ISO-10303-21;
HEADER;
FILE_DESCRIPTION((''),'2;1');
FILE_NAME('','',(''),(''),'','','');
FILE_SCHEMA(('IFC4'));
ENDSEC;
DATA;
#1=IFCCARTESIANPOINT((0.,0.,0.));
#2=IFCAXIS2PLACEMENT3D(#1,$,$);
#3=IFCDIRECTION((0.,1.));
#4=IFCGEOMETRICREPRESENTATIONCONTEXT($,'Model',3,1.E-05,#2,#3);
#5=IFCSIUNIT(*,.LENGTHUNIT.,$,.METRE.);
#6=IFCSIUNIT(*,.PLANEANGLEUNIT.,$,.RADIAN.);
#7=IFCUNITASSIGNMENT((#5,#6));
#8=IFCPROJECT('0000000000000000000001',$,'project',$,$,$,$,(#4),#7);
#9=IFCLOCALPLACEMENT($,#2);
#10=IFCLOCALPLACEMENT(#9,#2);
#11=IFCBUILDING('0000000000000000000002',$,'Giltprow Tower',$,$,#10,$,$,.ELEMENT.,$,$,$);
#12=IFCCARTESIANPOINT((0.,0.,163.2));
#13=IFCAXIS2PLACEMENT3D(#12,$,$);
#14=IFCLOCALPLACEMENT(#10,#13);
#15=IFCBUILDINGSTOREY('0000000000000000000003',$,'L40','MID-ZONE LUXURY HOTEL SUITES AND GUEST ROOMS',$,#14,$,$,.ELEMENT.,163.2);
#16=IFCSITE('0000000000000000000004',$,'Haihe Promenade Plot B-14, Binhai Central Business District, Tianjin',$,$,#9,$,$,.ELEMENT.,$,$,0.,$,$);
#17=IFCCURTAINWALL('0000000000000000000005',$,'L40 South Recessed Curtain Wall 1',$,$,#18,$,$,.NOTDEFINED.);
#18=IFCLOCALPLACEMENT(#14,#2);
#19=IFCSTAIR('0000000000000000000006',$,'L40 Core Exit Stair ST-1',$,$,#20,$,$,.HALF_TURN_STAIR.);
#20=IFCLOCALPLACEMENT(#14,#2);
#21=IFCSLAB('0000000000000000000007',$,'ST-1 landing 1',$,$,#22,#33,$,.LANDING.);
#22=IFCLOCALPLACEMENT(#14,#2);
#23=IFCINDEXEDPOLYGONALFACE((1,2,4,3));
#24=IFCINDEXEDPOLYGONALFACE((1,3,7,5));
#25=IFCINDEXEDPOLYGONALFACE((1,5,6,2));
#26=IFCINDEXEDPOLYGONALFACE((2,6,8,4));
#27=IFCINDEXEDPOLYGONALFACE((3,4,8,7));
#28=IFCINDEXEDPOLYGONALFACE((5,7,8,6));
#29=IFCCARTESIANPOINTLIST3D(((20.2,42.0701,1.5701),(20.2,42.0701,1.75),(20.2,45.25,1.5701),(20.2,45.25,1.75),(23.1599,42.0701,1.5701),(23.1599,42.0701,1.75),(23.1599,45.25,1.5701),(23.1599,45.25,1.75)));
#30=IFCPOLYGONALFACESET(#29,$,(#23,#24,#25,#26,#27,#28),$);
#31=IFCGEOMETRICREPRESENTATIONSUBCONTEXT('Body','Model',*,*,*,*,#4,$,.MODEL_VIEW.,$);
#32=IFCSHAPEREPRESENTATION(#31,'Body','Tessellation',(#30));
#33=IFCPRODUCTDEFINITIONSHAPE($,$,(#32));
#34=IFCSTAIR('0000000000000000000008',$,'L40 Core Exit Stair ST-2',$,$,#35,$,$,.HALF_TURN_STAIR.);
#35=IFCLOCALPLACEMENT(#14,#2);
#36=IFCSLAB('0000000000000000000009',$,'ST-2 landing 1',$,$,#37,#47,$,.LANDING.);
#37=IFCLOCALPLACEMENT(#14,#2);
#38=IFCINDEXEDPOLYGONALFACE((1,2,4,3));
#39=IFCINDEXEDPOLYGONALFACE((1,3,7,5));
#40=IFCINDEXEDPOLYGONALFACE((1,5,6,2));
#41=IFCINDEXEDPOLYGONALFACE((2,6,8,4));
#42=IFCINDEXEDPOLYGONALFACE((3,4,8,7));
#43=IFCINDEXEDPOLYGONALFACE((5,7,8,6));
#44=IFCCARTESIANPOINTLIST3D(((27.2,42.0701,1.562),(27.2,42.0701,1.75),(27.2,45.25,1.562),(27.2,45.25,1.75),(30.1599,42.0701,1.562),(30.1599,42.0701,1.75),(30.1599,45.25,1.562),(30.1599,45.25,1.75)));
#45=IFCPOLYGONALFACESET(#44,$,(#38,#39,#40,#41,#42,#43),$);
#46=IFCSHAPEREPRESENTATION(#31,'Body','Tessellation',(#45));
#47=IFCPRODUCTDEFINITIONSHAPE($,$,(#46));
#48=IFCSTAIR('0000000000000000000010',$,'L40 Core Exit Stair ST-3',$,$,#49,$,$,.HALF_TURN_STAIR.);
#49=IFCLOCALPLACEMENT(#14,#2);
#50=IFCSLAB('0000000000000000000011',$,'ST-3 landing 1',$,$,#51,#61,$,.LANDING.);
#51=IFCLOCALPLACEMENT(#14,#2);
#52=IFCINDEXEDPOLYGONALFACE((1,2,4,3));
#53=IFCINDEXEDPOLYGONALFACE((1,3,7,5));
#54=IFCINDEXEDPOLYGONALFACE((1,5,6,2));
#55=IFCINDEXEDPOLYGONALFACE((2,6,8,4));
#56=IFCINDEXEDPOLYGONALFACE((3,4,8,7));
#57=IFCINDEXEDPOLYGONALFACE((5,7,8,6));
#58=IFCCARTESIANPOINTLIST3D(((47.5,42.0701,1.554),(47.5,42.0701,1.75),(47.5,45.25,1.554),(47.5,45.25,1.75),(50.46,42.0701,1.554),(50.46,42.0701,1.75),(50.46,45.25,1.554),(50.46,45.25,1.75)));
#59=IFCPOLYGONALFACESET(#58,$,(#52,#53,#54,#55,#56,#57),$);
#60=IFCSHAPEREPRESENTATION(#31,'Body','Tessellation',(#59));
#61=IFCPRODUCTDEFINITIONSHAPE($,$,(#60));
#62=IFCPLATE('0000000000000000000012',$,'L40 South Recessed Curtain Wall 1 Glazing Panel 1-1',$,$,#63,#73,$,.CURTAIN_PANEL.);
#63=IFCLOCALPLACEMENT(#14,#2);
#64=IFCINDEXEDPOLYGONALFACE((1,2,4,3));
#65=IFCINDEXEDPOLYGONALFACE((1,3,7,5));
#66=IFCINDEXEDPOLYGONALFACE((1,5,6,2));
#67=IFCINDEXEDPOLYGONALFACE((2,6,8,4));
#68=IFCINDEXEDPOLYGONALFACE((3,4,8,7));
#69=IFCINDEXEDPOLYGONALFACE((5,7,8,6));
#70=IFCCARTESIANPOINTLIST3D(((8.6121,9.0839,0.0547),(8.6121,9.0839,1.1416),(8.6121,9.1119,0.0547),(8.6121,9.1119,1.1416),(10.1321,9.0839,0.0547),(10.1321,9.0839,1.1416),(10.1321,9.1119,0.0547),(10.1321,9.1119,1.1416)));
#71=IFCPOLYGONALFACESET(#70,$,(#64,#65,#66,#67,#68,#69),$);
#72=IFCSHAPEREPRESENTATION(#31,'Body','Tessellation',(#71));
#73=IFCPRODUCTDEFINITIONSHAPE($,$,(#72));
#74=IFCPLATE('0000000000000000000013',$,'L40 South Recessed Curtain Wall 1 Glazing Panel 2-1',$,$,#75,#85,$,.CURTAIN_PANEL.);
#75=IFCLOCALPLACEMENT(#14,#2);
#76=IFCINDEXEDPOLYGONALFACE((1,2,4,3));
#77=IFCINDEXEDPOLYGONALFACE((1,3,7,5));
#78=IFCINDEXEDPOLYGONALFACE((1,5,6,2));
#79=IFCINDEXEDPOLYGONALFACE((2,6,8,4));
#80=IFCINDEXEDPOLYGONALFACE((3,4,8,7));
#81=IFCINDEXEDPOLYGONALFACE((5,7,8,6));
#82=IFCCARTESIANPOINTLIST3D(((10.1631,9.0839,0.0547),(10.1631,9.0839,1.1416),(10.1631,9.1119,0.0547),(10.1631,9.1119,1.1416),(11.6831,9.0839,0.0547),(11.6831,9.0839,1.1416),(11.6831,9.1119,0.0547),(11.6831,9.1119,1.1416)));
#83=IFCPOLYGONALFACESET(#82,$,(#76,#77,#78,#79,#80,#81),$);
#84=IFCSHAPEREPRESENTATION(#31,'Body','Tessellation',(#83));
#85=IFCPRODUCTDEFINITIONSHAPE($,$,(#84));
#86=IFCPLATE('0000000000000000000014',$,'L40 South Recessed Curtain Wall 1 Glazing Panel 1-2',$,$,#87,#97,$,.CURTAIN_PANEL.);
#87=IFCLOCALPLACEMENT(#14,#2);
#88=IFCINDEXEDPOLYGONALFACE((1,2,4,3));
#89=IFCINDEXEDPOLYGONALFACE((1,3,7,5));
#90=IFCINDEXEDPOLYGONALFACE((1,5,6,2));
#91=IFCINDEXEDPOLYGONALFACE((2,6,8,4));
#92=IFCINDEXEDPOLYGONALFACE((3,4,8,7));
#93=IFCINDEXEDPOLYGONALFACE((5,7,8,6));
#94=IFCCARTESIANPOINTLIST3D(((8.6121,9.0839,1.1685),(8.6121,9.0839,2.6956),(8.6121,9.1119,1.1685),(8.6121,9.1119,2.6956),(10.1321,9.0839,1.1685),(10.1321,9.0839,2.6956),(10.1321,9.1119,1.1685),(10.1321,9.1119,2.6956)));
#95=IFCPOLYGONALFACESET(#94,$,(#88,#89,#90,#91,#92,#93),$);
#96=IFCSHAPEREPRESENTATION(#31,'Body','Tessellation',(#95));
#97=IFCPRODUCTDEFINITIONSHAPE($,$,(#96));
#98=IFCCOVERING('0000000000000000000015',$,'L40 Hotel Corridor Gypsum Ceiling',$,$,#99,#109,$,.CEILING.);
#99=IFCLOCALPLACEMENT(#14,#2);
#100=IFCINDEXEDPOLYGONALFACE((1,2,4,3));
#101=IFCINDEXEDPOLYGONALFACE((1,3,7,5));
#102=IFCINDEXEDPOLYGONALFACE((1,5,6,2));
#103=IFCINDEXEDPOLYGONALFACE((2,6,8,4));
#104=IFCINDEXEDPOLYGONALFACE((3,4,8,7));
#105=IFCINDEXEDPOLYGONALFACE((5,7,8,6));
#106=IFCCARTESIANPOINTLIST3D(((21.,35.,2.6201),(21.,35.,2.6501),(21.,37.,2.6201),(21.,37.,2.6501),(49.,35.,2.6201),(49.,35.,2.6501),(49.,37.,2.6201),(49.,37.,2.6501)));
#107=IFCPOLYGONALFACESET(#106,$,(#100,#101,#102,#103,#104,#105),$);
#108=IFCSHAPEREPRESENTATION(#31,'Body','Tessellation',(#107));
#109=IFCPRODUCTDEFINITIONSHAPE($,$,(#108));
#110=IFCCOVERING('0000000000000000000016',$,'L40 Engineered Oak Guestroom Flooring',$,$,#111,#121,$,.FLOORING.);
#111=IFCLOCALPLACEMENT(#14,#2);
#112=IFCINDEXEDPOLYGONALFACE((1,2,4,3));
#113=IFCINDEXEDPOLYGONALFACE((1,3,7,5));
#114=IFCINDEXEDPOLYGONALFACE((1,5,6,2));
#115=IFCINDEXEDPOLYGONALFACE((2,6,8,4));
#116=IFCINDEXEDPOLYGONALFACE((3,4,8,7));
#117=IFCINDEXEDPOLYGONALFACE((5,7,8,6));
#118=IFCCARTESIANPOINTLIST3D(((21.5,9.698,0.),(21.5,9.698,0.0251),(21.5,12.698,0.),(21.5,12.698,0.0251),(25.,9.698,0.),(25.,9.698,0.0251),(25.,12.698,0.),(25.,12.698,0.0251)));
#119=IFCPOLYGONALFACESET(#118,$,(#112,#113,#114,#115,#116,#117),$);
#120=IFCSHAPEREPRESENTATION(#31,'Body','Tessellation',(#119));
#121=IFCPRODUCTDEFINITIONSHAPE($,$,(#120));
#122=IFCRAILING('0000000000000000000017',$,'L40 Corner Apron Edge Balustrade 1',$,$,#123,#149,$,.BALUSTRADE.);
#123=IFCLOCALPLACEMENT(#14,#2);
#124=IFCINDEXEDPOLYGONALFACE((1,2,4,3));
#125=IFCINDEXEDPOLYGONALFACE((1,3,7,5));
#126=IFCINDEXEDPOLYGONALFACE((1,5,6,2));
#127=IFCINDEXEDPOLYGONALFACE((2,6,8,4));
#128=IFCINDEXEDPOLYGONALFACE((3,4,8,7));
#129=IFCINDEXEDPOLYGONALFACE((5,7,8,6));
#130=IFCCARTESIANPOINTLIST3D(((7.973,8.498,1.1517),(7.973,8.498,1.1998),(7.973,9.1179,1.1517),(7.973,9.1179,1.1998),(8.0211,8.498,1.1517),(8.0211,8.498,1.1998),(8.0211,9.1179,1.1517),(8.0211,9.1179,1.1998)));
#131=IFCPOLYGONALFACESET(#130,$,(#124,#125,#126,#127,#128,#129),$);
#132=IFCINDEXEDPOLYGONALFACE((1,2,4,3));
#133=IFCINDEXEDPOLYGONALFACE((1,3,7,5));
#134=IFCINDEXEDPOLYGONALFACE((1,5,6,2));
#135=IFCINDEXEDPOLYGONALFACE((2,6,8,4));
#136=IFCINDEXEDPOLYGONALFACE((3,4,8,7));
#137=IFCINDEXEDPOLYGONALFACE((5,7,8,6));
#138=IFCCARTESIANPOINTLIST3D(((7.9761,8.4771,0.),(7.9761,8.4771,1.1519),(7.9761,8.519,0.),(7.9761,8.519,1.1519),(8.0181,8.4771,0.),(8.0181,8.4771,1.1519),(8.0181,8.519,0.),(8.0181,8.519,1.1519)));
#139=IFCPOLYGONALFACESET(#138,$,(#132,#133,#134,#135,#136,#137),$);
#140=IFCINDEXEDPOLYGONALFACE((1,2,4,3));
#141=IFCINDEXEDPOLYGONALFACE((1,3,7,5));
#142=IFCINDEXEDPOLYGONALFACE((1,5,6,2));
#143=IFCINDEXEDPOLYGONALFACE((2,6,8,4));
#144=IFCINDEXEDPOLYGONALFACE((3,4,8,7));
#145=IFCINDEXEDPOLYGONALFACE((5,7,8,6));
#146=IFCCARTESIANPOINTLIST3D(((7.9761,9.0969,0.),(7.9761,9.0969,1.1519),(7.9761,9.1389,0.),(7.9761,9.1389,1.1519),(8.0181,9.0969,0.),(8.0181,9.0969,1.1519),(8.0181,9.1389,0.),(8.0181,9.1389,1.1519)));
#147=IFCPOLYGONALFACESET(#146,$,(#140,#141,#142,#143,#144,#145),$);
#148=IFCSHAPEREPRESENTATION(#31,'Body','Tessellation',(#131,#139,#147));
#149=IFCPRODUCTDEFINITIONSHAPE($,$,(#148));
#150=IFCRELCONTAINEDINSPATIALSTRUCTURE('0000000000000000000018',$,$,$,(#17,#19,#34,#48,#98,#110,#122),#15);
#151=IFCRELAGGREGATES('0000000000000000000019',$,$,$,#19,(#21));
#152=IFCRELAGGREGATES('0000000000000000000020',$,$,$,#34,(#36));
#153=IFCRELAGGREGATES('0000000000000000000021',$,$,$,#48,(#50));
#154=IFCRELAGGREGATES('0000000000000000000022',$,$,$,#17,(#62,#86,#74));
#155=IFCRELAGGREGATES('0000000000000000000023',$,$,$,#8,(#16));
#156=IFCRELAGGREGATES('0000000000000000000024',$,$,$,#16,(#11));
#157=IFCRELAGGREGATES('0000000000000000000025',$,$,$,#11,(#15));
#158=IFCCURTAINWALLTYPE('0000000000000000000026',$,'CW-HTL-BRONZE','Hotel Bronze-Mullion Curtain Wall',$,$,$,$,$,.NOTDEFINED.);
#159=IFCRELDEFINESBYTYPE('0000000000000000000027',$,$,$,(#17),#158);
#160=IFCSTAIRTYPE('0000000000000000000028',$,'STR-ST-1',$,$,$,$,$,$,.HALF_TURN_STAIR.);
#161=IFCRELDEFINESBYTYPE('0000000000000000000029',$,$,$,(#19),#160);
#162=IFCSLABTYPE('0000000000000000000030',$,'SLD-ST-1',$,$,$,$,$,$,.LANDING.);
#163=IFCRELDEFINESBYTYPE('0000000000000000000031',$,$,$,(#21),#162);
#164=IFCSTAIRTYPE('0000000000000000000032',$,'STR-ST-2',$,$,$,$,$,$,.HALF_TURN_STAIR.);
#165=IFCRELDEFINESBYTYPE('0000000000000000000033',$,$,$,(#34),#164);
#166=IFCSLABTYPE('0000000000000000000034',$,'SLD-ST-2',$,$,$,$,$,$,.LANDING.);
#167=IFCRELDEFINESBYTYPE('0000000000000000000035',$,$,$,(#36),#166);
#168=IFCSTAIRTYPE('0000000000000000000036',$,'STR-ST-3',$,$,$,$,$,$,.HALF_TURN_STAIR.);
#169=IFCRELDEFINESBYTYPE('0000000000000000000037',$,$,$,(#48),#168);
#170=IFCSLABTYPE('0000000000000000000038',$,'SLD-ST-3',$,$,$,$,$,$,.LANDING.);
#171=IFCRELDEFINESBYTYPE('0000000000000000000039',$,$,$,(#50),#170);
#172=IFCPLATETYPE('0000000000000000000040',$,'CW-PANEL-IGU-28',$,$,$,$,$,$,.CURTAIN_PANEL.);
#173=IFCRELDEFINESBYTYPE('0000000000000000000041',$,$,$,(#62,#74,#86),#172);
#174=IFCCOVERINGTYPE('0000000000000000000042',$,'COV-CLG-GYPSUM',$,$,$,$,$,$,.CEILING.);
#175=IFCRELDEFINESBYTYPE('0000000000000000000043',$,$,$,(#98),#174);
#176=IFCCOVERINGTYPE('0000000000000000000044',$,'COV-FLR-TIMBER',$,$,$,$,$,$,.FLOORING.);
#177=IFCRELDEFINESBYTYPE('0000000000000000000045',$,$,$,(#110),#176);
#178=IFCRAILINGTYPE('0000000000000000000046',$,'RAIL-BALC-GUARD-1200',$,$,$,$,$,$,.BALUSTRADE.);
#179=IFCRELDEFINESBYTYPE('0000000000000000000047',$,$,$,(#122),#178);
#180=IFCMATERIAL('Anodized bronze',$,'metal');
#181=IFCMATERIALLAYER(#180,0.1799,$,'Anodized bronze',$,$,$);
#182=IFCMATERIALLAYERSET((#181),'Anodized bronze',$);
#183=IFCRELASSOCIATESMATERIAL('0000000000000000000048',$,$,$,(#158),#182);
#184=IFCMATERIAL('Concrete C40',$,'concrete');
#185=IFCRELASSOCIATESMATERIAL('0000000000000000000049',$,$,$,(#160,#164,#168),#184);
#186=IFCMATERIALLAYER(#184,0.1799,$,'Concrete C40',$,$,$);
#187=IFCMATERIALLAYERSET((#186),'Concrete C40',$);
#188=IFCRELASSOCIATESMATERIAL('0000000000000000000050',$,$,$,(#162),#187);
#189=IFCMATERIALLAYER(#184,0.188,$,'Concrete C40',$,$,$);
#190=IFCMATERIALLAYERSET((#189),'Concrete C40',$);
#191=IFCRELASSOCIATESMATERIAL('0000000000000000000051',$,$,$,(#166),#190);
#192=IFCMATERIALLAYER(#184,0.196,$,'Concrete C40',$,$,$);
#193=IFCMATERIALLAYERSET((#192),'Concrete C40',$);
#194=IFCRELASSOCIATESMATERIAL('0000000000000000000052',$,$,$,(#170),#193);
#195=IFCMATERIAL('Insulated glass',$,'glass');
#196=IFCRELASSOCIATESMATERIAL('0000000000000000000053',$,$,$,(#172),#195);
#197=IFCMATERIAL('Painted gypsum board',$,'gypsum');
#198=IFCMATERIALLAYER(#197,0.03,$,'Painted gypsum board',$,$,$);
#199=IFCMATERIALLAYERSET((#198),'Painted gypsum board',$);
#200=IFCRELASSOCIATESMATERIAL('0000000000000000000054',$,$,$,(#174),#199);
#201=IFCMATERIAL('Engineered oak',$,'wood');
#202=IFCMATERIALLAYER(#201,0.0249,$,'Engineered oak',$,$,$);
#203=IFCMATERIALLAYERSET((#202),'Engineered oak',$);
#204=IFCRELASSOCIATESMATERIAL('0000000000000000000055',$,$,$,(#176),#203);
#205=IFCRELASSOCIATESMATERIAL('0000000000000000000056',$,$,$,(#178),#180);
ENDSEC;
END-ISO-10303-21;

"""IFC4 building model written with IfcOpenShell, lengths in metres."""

from ifc_helpers import new_model, si_unit, direction, frame, origin, origin_2d, place, context, subcontext, project, spatial, polyline, rectangle, outline, extrude, source, transform, mapped, material, layer, layer_set, type_object, element, aggregate, save


model = new_model("IFC4")

# Units and contexts
model_context = context("Model", 3, precision=1e-05, world=origin(), true_north=direction((0.0, 1.0)))
body_context = subcontext(model_context, "Body", "Model", "MODEL_VIEW")
ifc_project = project(units=[si_unit("LENGTHUNIT", "METRE"), si_unit("PLANEANGLEUNIT", "RADIAN")], contexts=[model_context])

# Site, building, storey
site_placement = place(None, origin())
site = spatial("IfcSite", under=ifc_project, at=site_placement, Name="Haihe Promenade Plot B-14, Binhai Central Business District, Tianjin", CompositionType="ELEMENT", RefElevation=0.0)
building_placement = place(site_placement, origin())
building = spatial("IfcBuilding", under=site, at=building_placement, Name="Giltprow Tower", CompositionType="ELEMENT")
storey_placement = place(building_placement, frame((0.0, 0.0, 163.2)))
storey = spatial("IfcBuildingStorey", under=building, at=storey_placement, Name="L40", Description="MID-ZONE LUXURY HOTEL SUITES AND GUEST ROOMS", CompositionType="ELEMENT", Elevation=163.2)

# Curtain wall
ifc_material_1 = material(Name="Anodized bronze", Category="metal")
ifc_layer_1 = layer(ifc_material_1, 0.1799, Name="Anodized bronze")
ifc_layer_set_1 = layer_set([ifc_layer_1], Name="Anodized bronze")
curtain_wall_type = type_object("IfcCurtainWallType", Name="CW-HTL-BRONZE", Description="Hotel Bronze-Mullion Curtain Wall", PredefinedType="NOTDEFINED", material=ifc_layer_set_1)
curtain_wall_placement = place(storey_placement, origin())
curtain_wall = element("IfcCurtainWall", 1, at=curtain_wall_placement, inside=storey, type_object=curtain_wall_type, Name="L40 South Recessed Curtain Wall 1", PredefinedType="NOTDEFINED")

# Shared definitions
ifc_material_2 = material(Name="Concrete C40", Category="concrete")

# Stairs, slabs
stair_type_1 = type_object("IfcStairType", Name="STR-ST-1", PredefinedType="HALF_TURN_STAIR", material=ifc_material_2)
stair_1_placement = place(storey_placement, origin())
stair_1 = element("IfcStair", 2, at=stair_1_placement, inside=storey, type_object=stair_type_1, Name="L40 Core Exit Stair ST-1", PredefinedType="HALF_TURN_STAIR")
ifc_layer_2 = layer(ifc_material_2, 0.1799, Name="Concrete C40")
ifc_layer_set_2 = layer_set([ifc_layer_2], Name="Concrete C40")
slab_type_1 = type_object("IfcSlabType", Name="SLD-ST-1", PredefinedType="LANDING", material=ifc_layer_set_2)
slab_1_placement = place(storey_placement, frame((0.0, 0.0, 1.5701)))
slab_1 = element("IfcSlab", 3, at=slab_1_placement, type_object=slab_type_1, Name="ST-1 landing 1", PredefinedType="LANDING", context=body_context, shape_type="SweptSolid", body=[
    extrude(outline(polyline([(23.1599, 42.0701), (23.1599, 45.25), (20.2, 45.25), (20.2, 42.0701), (23.1599, 42.0701)])), origin(), (0.0, 0.0, 1.0), 0.1799),
])
aggregate(stair_1, [slab_1])
stair_type_2 = type_object("IfcStairType", Name="STR-ST-2", PredefinedType="HALF_TURN_STAIR", material=ifc_material_2)
stair_2_placement = place(storey_placement, origin())
stair_2 = element("IfcStair", 4, at=stair_2_placement, inside=storey, type_object=stair_type_2, Name="L40 Core Exit Stair ST-2", PredefinedType="HALF_TURN_STAIR")
ifc_layer_3 = layer(ifc_material_2, 0.188, Name="Concrete C40")
ifc_layer_set_3 = layer_set([ifc_layer_3], Name="Concrete C40")
slab_type_2 = type_object("IfcSlabType", Name="SLD-ST-2", PredefinedType="LANDING", material=ifc_layer_set_3)
slab_2_placement = place(storey_placement, frame((0.0, 0.0, 1.562)))
slab_2 = element("IfcSlab", 5, at=slab_2_placement, type_object=slab_type_2, Name="ST-2 landing 1", PredefinedType="LANDING", context=body_context, shape_type="SweptSolid", body=[
    extrude(outline(polyline([(30.1599, 42.0701), (30.1599, 45.25), (27.2, 45.25), (27.2, 42.0701), (30.1599, 42.0701)])), origin(), (0.0, 0.0, 1.0), 0.188),
])
aggregate(stair_2, [slab_2])
stair_type_3 = type_object("IfcStairType", Name="STR-ST-3", PredefinedType="HALF_TURN_STAIR", material=ifc_material_2)
stair_3_placement = place(storey_placement, origin())
stair_3 = element("IfcStair", 6, at=stair_3_placement, inside=storey, type_object=stair_type_3, Name="L40 Core Exit Stair ST-3", PredefinedType="HALF_TURN_STAIR")
ifc_layer_4 = layer(ifc_material_2, 0.196, Name="Concrete C40")
ifc_layer_set_4 = layer_set([ifc_layer_4], Name="Concrete C40")
slab_type_3 = type_object("IfcSlabType", Name="SLD-ST-3", PredefinedType="LANDING", material=ifc_layer_set_4)
slab_3_placement = place(storey_placement, frame((0.0, 0.0, 1.554)))
slab_3 = element("IfcSlab", 7, at=slab_3_placement, type_object=slab_type_3, Name="ST-3 landing 1", PredefinedType="LANDING", context=body_context, shape_type="SweptSolid", body=[
    extrude(outline(polyline([(50.46, 42.0701), (50.46, 45.25), (47.5, 45.25), (47.5, 42.0701), (50.46, 42.0701)])), origin(), (0.0, 0.0, 1.0), 0.196),
])
aggregate(stair_3, [slab_3])

# Plates
ifc_material_3 = material(Name="Insulated glass", Category="glass")
plate_type = type_object("IfcPlateType", Name="CW-PANEL-IGU-28", PredefinedType="CURTAIN_PANEL", material=ifc_material_3)
shared_shape_1 = source(origin(), body_context, "Body", "SweptSolid", [
    extrude(rectangle(XDim=1.52, YDim=0.0281, at=origin_2d()), origin(), (0.0, 0.0, 1.0), 1.0869),
])
plate_1_placement = place(storey_placement, frame((9.3721, 9.0979, 0.0547), z_axis=(0.0, 0.0, 1.0), x_axis=(1.0, 0.0, 0.0)))
plate_1 = element("IfcPlate", 8, at=plate_1_placement, type_object=plate_type, Name="L40 South Recessed Curtain Wall 1 Glazing Panel 1-1", PredefinedType="CURTAIN_PANEL", context=body_context, shape_type="MappedRepresentation", body=[
    mapped(shared_shape_1, transform((0.0, 0.0, 0.0), x_axis=(1.0, 0.0, 0.0), y_axis=(0.0, 1.0, 0.0), z_axis=(0.0, 0.0, 1.0), scale=1.0)),
])
plate_2_placement = place(storey_placement, frame((10.9231, 9.0979, 0.0547), z_axis=(0.0, 0.0, 1.0), x_axis=(1.0, 0.0, 0.0)))
plate_2 = element("IfcPlate", 9, at=plate_2_placement, type_object=plate_type, Name="L40 South Recessed Curtain Wall 1 Glazing Panel 2-1", PredefinedType="CURTAIN_PANEL", context=body_context, shape_type="MappedRepresentation", body=[
    mapped(shared_shape_1, transform((0.0, 0.0, 0.0), x_axis=(1.0, 0.0, 0.0), y_axis=(0.0, 1.0, 0.0), z_axis=(0.0, 0.0, 1.0), scale=1.0)),
])
shared_shape_2 = source(origin(), body_context, "Body", "SweptSolid", [
    extrude(rectangle(XDim=1.52, YDim=0.0281, at=origin_2d()), origin(), (0.0, 0.0, 1.0), 1.5271),
])
plate_3_placement = place(storey_placement, frame((9.3721, 9.0979, 1.1685), z_axis=(0.0, 0.0, 1.0), x_axis=(1.0, 0.0, 0.0)))
plate_3 = element("IfcPlate", 10, at=plate_3_placement, type_object=plate_type, Name="L40 South Recessed Curtain Wall 1 Glazing Panel 1-2", PredefinedType="CURTAIN_PANEL", context=body_context, shape_type="MappedRepresentation", body=[
    mapped(shared_shape_2, transform((0.0, 0.0, 0.0), x_axis=(1.0, 0.0, 0.0), y_axis=(0.0, 1.0, 0.0), z_axis=(0.0, 0.0, 1.0), scale=1.0)),
])
aggregate(curtain_wall, [plate_1, plate_3, plate_2])

# Coverings
ifc_material_4 = material(Name="Painted gypsum board", Category="gypsum")
ifc_layer_5 = layer(ifc_material_4, 0.03, Name="Painted gypsum board")
ifc_layer_set_5 = layer_set([ifc_layer_5], Name="Painted gypsum board")
covering_type_1 = type_object("IfcCoveringType", Name="COV-CLG-GYPSUM", PredefinedType="CEILING", material=ifc_layer_set_5)
covering_1_placement = place(storey_placement, frame((0.0, 0.0, 2.6201)))
element("IfcCovering", 11, at=covering_1_placement, inside=storey, type_object=covering_type_1, Name="L40 Hotel Corridor Gypsum Ceiling", PredefinedType="CEILING", context=body_context, shape_type="SweptSolid", body=[
    extrude(outline(polyline([(21.0, 35.0), (49.0, 35.0), (49.0, 37.0), (21.0, 37.0), (21.0, 35.0)])), origin(), (0.0, 0.0, 1.0), 0.03),
])
ifc_material_5 = material(Name="Engineered oak", Category="wood")
ifc_layer_6 = layer(ifc_material_5, 0.0249, Name="Engineered oak")
ifc_layer_set_6 = layer_set([ifc_layer_6], Name="Engineered oak")
covering_type_2 = type_object("IfcCoveringType", Name="COV-FLR-TIMBER", PredefinedType="FLOORING", material=ifc_layer_set_6)
covering_2_placement = place(storey_placement, origin())
element("IfcCovering", 12, at=covering_2_placement, inside=storey, type_object=covering_type_2, Name="L40 Engineered Oak Guestroom Flooring", PredefinedType="FLOORING", context=body_context, shape_type="SweptSolid", body=[
    extrude(outline(polyline([(21.5, 9.698), (25.0, 9.698), (25.0, 12.698), (21.5, 12.698), (21.5, 9.698)])), origin(), (0.0, 0.0, 1.0), 0.0251),
])

# Railing
railing_type = type_object("IfcRailingType", Name="RAIL-BALC-GUARD-1200", PredefinedType="BALUSTRADE", material=ifc_material_1)
railing_placement = place(storey_placement, frame((7.9971, 8.498, 0.0)))
element("IfcRailing", 13, at=railing_placement, inside=storey, type_object=railing_type, Name="L40 Corner Apron Edge Balustrade 1", PredefinedType="BALUSTRADE", context=body_context, shape_type="SweptSolid", body=[
    extrude(rectangle(XDim=0.0481, YDim=0.0481, at=origin_2d()), frame((0.0, 0.0, 1.1758), z_axis=(0.0, 1.0, 0.0), x_axis=(-1.0, 0.0, 0.0)), (0.0, 0.0, 1.0), 0.6199),
    extrude(rectangle(XDim=0.042, YDim=0.042, at=origin_2d()), origin(), (0.0, 0.0, 1.0), 1.1519),
    extrude(rectangle(XDim=0.042, YDim=0.042, at=origin_2d()), frame((0.0, 0.6199, 0.0)), (0.0, 0.0, 1.0), 1.1519),
])

save(model, "model.ifc")
